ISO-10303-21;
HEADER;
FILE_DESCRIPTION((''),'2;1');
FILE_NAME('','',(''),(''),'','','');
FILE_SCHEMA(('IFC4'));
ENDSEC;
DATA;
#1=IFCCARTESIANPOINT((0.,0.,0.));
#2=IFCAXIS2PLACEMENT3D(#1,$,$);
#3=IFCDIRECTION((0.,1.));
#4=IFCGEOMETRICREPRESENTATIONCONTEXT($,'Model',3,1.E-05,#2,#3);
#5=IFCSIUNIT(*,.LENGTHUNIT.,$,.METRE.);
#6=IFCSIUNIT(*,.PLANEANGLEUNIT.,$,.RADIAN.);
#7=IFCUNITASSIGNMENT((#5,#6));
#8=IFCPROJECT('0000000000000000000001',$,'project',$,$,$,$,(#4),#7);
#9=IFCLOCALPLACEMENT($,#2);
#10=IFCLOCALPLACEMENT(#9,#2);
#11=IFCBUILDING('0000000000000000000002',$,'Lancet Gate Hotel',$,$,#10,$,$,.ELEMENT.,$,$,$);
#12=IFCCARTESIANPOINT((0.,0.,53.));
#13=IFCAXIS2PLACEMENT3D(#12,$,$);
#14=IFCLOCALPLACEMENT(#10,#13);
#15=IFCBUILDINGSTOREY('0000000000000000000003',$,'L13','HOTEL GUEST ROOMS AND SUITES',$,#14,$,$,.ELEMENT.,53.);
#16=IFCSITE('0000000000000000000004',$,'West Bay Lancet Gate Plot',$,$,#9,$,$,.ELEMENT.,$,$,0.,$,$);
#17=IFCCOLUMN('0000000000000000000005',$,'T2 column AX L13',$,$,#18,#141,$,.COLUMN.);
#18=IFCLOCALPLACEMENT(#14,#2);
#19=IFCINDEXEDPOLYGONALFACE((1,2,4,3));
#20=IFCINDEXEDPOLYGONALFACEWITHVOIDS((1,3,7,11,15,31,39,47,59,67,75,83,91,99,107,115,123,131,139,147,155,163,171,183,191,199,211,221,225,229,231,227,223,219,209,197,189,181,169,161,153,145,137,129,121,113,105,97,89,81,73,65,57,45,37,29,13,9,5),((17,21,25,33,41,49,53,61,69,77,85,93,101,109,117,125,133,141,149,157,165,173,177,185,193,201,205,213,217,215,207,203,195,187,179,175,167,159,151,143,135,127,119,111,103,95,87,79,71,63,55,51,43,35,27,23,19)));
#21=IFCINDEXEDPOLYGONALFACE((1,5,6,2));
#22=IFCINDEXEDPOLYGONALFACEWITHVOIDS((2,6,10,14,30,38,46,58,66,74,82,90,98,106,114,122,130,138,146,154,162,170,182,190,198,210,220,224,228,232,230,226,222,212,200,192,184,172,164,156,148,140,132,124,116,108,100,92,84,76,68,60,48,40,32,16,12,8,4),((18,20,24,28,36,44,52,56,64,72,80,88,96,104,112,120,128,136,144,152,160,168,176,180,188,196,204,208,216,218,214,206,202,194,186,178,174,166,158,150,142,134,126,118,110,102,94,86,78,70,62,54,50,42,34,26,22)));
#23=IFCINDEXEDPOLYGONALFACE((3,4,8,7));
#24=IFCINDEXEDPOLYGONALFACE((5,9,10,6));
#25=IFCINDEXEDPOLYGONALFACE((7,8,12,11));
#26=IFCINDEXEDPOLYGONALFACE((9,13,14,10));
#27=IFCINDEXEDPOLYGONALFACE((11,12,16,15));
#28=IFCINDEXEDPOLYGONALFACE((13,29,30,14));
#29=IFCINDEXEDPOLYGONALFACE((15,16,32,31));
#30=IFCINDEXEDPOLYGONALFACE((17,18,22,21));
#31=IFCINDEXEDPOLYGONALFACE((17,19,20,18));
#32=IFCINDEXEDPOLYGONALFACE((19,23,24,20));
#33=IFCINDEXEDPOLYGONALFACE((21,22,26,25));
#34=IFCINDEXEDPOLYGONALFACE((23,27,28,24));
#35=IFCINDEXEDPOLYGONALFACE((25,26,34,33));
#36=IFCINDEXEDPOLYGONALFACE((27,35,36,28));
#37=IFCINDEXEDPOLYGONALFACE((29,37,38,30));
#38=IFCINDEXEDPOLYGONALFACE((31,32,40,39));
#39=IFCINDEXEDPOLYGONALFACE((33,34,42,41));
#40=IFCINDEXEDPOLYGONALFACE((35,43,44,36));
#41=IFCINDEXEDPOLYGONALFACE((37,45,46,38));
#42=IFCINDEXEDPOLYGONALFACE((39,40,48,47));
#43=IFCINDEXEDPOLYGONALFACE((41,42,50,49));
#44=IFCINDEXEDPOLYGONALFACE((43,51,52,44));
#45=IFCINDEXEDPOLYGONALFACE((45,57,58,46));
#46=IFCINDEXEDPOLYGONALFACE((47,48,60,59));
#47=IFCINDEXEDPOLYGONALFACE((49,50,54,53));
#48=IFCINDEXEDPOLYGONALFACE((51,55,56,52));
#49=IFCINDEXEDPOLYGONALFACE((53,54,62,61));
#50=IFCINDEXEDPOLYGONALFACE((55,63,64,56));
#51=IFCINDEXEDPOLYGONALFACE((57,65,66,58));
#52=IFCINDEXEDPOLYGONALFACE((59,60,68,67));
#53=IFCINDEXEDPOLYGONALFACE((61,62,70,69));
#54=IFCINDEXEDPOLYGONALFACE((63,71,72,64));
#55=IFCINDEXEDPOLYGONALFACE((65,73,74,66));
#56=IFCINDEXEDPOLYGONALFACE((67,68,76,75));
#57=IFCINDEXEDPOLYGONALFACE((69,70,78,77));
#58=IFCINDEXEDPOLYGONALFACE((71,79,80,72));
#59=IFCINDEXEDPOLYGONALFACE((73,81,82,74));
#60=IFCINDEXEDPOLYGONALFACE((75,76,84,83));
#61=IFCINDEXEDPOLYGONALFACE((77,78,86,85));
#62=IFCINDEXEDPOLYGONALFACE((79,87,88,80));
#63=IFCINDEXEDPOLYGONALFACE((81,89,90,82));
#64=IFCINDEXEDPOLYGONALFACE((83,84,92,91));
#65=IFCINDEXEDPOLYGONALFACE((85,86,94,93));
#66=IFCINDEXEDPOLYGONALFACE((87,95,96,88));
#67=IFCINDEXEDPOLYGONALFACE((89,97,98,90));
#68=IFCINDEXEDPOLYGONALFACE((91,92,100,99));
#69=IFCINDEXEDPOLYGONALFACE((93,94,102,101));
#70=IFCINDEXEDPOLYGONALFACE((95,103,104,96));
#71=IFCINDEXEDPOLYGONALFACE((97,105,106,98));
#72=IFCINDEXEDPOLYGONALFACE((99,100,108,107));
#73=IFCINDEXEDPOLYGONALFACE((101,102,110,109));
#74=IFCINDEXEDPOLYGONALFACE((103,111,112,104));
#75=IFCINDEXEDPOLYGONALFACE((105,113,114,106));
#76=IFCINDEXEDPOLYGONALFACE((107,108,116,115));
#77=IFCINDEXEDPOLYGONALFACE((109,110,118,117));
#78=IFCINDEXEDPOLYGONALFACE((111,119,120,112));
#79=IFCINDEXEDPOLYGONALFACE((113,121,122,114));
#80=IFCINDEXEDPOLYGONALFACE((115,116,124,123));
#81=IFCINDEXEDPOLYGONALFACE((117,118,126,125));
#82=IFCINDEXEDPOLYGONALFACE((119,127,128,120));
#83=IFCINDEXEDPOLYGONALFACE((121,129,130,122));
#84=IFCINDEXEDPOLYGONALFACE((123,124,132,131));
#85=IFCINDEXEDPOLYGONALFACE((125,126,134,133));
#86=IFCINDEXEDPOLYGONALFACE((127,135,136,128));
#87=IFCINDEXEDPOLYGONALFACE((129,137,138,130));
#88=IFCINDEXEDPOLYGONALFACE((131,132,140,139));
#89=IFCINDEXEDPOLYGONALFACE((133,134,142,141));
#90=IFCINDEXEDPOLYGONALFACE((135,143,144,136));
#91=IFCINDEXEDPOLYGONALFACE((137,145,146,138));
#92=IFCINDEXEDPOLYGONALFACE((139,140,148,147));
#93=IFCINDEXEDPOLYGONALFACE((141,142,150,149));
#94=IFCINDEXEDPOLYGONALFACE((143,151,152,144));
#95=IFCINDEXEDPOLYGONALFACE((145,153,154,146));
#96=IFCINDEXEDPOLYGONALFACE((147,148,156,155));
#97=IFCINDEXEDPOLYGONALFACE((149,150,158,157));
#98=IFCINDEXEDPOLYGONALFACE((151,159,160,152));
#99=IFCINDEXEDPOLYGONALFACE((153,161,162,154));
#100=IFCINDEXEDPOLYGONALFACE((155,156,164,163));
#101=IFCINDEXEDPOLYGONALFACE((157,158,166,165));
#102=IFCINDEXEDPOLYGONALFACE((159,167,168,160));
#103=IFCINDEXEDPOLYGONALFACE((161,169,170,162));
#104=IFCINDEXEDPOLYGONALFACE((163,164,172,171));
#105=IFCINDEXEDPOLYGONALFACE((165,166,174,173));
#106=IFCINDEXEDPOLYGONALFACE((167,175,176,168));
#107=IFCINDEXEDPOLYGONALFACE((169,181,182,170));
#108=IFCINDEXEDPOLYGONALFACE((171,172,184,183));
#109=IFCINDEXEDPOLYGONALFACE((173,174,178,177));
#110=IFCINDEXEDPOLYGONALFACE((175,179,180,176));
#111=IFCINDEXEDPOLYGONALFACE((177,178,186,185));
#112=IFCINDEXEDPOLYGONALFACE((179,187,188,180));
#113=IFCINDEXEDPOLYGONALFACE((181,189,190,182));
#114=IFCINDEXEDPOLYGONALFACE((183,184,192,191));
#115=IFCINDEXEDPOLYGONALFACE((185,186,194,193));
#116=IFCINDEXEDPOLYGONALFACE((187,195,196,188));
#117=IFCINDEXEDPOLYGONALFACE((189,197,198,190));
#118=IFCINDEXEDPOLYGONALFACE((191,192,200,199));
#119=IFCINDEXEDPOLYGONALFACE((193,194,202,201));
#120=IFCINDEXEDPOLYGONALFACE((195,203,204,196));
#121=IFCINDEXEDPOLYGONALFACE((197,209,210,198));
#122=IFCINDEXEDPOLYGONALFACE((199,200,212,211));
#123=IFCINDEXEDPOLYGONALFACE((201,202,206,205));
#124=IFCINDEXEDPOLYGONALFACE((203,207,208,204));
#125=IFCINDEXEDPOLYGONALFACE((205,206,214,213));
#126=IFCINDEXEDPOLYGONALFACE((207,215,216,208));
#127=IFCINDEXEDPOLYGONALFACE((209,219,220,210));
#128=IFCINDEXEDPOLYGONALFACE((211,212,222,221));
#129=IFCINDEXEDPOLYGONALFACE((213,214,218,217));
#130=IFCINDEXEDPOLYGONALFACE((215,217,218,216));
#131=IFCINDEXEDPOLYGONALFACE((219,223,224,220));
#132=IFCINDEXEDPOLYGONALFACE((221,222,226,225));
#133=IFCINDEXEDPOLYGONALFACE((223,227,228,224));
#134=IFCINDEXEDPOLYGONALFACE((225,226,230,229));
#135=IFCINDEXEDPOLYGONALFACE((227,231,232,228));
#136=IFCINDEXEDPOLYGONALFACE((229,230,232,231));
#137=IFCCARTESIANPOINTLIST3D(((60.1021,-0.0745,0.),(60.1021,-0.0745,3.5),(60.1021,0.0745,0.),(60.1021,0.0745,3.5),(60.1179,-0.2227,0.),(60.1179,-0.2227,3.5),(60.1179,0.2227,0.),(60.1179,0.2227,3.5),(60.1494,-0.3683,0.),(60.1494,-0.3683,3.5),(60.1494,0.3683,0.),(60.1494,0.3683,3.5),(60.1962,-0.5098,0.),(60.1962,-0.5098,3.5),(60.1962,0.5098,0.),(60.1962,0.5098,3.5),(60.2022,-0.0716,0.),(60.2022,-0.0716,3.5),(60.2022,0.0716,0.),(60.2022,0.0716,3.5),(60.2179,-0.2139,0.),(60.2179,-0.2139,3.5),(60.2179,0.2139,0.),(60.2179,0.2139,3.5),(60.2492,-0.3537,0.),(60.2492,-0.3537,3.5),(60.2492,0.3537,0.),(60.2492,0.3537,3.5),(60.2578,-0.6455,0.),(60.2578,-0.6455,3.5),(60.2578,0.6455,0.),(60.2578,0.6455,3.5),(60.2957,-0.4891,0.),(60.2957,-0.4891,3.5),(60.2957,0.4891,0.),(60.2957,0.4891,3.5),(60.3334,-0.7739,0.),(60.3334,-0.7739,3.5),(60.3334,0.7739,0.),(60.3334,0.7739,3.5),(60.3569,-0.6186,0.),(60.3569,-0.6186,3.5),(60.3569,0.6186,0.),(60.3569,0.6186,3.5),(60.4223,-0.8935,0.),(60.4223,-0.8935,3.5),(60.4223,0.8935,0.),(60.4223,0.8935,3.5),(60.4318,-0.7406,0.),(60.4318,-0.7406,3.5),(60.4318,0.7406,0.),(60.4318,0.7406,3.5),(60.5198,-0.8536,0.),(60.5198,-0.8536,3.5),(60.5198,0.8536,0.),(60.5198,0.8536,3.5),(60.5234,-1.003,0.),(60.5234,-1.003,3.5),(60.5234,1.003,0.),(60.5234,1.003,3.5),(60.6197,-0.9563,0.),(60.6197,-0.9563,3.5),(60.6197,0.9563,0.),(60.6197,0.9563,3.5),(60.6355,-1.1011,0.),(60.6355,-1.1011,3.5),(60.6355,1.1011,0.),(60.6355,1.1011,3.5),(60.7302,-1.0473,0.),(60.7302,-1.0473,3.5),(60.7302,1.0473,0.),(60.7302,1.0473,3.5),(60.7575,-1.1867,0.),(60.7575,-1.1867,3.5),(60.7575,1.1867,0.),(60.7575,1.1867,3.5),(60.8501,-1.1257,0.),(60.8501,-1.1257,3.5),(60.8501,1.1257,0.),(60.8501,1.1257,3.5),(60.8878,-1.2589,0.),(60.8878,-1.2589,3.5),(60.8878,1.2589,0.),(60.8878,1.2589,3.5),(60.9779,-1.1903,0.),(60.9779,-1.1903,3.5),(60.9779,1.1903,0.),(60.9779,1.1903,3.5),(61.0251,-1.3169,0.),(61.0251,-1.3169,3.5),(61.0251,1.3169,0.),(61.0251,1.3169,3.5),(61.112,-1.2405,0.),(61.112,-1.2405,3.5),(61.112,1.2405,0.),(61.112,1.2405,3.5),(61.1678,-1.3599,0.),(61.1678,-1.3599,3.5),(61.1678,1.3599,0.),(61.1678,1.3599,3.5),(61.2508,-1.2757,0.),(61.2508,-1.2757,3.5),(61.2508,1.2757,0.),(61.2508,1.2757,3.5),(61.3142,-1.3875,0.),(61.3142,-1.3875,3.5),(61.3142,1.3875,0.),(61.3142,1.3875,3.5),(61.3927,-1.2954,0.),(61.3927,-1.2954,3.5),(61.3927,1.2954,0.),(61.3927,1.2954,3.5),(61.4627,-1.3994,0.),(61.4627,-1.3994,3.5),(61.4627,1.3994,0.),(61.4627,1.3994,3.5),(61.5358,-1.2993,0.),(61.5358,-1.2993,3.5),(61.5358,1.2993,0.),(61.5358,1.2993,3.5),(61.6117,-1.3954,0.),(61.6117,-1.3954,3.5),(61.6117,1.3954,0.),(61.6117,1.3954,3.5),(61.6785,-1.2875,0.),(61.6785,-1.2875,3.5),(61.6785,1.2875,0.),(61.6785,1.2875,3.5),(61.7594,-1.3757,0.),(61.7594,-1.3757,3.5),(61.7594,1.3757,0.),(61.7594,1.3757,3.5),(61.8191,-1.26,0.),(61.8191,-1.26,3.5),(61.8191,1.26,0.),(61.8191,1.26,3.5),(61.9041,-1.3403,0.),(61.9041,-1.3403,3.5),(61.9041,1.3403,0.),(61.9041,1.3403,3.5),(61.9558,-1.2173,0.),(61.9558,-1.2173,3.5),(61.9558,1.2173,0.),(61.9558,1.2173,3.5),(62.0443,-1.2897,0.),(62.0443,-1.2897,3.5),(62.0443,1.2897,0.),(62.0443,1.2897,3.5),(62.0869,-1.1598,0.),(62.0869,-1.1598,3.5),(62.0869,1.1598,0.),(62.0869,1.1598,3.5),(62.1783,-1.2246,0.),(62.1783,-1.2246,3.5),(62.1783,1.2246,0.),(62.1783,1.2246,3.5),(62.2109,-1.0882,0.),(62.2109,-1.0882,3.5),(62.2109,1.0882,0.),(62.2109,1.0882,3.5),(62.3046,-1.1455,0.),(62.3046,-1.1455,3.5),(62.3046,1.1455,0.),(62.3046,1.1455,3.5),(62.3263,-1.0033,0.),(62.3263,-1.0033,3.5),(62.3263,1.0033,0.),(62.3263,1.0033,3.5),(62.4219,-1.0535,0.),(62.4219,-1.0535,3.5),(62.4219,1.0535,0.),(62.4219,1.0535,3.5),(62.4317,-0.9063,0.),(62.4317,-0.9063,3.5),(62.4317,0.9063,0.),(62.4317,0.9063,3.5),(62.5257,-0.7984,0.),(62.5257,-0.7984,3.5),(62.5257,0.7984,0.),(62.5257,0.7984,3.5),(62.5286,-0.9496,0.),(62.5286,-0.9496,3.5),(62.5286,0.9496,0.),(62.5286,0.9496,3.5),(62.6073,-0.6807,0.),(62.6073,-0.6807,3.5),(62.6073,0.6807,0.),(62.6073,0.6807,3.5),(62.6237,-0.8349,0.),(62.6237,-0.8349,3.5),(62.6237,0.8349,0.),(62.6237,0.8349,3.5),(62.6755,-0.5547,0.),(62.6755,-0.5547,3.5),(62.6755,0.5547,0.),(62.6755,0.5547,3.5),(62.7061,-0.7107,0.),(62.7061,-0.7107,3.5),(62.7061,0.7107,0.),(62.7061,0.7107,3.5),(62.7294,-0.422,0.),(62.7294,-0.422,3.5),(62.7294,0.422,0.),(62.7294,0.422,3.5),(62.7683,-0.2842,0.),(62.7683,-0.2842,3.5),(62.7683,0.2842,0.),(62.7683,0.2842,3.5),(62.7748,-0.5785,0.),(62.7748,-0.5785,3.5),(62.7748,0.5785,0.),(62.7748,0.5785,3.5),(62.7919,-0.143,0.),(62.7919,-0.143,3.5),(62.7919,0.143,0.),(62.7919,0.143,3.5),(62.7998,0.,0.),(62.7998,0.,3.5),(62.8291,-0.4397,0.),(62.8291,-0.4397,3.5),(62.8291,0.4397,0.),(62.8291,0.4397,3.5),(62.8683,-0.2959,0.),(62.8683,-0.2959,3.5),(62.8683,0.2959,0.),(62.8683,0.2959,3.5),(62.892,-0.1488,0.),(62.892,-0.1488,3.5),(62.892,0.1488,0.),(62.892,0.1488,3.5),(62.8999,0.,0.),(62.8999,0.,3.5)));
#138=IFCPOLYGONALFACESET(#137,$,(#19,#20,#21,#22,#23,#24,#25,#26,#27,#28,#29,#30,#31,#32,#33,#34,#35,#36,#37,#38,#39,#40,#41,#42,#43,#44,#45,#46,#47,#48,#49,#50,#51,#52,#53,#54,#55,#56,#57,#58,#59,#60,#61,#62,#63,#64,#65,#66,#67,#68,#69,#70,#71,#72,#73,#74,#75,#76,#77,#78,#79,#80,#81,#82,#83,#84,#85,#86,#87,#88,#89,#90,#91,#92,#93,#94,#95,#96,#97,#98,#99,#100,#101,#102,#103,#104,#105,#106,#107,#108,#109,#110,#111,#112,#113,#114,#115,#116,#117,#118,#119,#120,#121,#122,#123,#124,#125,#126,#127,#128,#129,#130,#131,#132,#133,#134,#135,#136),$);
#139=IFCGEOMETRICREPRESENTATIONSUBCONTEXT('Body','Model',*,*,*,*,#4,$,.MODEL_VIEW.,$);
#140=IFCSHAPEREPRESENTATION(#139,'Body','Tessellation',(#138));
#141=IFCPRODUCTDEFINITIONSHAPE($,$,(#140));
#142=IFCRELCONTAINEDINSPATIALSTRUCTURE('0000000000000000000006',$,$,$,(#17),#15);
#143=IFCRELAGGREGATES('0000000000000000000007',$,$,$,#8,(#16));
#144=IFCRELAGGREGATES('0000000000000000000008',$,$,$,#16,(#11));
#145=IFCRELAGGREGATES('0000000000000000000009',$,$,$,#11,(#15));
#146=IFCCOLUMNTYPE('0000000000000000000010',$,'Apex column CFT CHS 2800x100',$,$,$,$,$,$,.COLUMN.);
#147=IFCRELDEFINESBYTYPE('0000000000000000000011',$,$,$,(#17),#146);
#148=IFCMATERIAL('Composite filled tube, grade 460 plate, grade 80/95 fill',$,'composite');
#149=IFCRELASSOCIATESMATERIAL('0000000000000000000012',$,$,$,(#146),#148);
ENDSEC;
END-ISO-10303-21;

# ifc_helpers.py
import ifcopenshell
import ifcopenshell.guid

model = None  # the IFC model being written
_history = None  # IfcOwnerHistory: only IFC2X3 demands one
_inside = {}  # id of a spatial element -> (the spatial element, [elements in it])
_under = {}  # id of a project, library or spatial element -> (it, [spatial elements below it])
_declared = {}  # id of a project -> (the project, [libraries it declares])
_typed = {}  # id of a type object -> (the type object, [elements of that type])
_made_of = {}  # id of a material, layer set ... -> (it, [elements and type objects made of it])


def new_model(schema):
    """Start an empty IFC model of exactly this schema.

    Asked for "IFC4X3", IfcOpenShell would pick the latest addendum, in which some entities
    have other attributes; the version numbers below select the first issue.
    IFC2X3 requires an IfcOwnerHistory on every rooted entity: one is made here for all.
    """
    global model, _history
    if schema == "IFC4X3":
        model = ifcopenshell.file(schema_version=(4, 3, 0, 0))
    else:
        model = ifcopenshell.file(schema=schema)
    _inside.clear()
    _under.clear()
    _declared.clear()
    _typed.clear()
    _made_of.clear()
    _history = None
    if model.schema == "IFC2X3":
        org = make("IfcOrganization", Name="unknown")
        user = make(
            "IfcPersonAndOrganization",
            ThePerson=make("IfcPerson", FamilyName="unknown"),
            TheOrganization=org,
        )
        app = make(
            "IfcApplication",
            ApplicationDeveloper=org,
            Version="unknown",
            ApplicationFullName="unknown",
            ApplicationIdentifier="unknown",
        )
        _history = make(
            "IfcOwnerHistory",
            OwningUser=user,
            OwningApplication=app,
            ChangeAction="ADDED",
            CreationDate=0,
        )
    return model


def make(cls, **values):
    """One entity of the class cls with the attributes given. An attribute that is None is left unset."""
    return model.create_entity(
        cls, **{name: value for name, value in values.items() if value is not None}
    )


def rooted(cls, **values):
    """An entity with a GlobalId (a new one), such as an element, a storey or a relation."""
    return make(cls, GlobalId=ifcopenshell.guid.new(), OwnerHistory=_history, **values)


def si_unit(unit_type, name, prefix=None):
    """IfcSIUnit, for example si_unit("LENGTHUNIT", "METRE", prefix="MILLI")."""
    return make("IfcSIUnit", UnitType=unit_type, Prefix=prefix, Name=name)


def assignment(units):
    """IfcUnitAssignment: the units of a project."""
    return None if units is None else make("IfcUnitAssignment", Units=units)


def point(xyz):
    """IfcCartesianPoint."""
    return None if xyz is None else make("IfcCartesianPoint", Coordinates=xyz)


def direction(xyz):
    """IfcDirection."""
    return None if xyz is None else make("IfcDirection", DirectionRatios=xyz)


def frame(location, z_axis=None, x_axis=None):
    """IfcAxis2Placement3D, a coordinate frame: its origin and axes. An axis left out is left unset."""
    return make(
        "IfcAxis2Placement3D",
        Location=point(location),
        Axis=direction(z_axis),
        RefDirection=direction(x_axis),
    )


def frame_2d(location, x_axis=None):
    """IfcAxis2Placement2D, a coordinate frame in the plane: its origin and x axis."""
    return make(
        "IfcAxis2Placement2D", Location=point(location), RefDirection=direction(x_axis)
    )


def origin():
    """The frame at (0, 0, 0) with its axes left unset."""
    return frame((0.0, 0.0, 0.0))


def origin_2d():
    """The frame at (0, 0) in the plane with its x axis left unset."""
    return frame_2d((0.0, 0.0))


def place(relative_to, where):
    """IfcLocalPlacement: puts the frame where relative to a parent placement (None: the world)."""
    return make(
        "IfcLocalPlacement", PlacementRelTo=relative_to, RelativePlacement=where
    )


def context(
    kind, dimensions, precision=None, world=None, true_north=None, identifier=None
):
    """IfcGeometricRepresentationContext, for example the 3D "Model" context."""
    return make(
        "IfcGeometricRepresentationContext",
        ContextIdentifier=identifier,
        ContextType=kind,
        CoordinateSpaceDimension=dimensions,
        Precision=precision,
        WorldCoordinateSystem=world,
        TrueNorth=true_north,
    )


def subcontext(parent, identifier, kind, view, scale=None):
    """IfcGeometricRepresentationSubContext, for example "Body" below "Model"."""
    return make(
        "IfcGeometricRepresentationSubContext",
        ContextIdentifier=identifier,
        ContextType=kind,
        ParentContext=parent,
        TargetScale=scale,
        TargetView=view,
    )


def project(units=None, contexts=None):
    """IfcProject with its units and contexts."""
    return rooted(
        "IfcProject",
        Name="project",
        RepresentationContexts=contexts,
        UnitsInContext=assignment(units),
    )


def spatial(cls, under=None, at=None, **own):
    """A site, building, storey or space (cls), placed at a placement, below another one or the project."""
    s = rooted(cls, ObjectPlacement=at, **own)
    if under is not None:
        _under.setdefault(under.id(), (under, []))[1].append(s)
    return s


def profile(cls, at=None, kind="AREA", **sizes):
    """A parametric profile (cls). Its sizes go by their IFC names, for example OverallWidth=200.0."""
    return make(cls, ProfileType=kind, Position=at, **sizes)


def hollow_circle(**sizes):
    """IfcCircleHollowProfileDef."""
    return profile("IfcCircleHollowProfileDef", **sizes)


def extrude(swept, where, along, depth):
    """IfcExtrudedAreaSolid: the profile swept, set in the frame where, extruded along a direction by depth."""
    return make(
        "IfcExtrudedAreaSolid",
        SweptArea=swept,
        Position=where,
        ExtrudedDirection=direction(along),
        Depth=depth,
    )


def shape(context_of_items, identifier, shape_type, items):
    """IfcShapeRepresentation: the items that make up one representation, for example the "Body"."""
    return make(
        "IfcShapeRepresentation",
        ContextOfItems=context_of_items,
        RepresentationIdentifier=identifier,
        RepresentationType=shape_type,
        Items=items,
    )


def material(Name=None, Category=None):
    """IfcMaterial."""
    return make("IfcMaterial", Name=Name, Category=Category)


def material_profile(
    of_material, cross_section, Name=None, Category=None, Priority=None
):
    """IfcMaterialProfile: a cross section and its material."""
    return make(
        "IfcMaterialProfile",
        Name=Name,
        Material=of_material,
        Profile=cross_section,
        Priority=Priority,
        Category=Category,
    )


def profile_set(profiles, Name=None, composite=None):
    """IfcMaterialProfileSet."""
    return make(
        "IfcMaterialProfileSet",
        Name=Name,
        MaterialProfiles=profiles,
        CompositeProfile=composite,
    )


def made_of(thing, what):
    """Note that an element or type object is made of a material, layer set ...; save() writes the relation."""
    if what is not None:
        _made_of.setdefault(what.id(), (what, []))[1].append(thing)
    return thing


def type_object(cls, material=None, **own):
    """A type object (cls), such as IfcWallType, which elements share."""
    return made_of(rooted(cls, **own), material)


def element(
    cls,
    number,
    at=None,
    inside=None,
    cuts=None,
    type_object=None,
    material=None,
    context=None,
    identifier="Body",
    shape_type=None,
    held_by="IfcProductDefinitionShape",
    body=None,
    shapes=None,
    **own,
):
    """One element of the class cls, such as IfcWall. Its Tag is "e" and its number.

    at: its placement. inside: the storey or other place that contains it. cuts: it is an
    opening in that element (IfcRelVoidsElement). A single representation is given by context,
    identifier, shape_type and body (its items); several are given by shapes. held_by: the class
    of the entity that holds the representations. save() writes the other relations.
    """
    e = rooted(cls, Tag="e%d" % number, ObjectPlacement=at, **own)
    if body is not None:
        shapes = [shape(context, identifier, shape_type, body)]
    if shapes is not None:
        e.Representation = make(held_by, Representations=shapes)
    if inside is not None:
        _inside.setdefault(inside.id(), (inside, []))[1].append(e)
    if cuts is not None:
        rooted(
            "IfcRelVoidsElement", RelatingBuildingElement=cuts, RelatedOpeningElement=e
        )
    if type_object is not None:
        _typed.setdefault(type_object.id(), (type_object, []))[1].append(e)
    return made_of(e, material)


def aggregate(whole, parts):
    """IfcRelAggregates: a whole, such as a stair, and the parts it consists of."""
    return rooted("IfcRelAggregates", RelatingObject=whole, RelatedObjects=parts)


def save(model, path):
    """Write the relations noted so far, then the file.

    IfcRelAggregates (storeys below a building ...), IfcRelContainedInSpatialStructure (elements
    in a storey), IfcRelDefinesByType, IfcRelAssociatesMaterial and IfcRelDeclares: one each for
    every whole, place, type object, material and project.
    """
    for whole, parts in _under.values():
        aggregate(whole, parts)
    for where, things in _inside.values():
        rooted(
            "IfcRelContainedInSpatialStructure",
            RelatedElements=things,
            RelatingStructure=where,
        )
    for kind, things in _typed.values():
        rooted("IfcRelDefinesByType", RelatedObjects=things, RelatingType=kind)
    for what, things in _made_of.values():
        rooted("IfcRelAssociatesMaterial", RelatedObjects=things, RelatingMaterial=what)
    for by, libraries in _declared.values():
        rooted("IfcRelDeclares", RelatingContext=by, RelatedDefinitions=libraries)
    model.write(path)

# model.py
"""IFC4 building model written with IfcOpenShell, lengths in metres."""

from ifc_helpers import new_model, si_unit, direction, frame, origin, origin_2d, place, context, subcontext, project, spatial, hollow_circle, extrude, material, material_profile, profile_set, type_object, element, save


model = new_model("IFC4")

# Units and contexts
model_context = context("Model", 3, precision=1e-05, world=origin(), true_north=direction((0.0, 1.0)))
body_context = subcontext(model_context, "Body", "Model", "MODEL_VIEW")
ifc_project = project(units=[si_unit("LENGTHUNIT", "METRE"), si_unit("PLANEANGLEUNIT", "RADIAN")], contexts=[model_context])

# Site, building, storey
site_placement = place(None, origin())
site = spatial("IfcSite", under=ifc_project, at=site_placement, Name="West Bay Lancet Gate Plot", CompositionType="ELEMENT", RefElevation=0.0)
building_placement = place(site_placement, origin())
building = spatial("IfcBuilding", under=site, at=building_placement, Name="Lancet Gate Hotel", CompositionType="ELEMENT")
storey_placement = place(building_placement, frame((0.0, 0.0, 53.0)))
storey = spatial("IfcBuildingStorey", under=building, at=storey_placement, Name="L13", Description="HOTEL GUEST ROOMS AND SUITES", CompositionType="ELEMENT", Elevation=53.0)

# Column
ifc_material_1 = material(Name="Composite filled tube, grade 460 plate, grade 80/95 fill", Category="composite")
ifc_material_profile_1 = material_profile(ifc_material_1, hollow_circle(Radius=1.3999, WallThickness=0.1001, at=origin_2d()), Name="CHS 2800x100")
ifc_profile_set_1 = profile_set([ifc_material_profile_1], Name="Composite filled tube, grade 460 plate, grade 80/95 fill")
column_type_1 = type_object("IfcColumnType", Name="Apex column CFT CHS 2800x100", PredefinedType="COLUMN", material=ifc_profile_set_1)
column_placement = place(storey_placement, frame((61.5, 0.0, 0.0), z_axis=(0.0, 0.0, 1.0), x_axis=(1.0, 0.0, 0.0)))
element("IfcColumn", 1, at=column_placement, inside=storey, type_object=column_type_1, Name="T2 column AX L13", PredefinedType="COLUMN", context=body_context, shape_type="SweptSolid", body=[
    extrude(hollow_circle(Radius=1.3999, WallThickness=0.1001, at=origin_2d()), origin(), (0.0, 0.0, 1.0), 3.5),
])

save(model, "model.ifc")
